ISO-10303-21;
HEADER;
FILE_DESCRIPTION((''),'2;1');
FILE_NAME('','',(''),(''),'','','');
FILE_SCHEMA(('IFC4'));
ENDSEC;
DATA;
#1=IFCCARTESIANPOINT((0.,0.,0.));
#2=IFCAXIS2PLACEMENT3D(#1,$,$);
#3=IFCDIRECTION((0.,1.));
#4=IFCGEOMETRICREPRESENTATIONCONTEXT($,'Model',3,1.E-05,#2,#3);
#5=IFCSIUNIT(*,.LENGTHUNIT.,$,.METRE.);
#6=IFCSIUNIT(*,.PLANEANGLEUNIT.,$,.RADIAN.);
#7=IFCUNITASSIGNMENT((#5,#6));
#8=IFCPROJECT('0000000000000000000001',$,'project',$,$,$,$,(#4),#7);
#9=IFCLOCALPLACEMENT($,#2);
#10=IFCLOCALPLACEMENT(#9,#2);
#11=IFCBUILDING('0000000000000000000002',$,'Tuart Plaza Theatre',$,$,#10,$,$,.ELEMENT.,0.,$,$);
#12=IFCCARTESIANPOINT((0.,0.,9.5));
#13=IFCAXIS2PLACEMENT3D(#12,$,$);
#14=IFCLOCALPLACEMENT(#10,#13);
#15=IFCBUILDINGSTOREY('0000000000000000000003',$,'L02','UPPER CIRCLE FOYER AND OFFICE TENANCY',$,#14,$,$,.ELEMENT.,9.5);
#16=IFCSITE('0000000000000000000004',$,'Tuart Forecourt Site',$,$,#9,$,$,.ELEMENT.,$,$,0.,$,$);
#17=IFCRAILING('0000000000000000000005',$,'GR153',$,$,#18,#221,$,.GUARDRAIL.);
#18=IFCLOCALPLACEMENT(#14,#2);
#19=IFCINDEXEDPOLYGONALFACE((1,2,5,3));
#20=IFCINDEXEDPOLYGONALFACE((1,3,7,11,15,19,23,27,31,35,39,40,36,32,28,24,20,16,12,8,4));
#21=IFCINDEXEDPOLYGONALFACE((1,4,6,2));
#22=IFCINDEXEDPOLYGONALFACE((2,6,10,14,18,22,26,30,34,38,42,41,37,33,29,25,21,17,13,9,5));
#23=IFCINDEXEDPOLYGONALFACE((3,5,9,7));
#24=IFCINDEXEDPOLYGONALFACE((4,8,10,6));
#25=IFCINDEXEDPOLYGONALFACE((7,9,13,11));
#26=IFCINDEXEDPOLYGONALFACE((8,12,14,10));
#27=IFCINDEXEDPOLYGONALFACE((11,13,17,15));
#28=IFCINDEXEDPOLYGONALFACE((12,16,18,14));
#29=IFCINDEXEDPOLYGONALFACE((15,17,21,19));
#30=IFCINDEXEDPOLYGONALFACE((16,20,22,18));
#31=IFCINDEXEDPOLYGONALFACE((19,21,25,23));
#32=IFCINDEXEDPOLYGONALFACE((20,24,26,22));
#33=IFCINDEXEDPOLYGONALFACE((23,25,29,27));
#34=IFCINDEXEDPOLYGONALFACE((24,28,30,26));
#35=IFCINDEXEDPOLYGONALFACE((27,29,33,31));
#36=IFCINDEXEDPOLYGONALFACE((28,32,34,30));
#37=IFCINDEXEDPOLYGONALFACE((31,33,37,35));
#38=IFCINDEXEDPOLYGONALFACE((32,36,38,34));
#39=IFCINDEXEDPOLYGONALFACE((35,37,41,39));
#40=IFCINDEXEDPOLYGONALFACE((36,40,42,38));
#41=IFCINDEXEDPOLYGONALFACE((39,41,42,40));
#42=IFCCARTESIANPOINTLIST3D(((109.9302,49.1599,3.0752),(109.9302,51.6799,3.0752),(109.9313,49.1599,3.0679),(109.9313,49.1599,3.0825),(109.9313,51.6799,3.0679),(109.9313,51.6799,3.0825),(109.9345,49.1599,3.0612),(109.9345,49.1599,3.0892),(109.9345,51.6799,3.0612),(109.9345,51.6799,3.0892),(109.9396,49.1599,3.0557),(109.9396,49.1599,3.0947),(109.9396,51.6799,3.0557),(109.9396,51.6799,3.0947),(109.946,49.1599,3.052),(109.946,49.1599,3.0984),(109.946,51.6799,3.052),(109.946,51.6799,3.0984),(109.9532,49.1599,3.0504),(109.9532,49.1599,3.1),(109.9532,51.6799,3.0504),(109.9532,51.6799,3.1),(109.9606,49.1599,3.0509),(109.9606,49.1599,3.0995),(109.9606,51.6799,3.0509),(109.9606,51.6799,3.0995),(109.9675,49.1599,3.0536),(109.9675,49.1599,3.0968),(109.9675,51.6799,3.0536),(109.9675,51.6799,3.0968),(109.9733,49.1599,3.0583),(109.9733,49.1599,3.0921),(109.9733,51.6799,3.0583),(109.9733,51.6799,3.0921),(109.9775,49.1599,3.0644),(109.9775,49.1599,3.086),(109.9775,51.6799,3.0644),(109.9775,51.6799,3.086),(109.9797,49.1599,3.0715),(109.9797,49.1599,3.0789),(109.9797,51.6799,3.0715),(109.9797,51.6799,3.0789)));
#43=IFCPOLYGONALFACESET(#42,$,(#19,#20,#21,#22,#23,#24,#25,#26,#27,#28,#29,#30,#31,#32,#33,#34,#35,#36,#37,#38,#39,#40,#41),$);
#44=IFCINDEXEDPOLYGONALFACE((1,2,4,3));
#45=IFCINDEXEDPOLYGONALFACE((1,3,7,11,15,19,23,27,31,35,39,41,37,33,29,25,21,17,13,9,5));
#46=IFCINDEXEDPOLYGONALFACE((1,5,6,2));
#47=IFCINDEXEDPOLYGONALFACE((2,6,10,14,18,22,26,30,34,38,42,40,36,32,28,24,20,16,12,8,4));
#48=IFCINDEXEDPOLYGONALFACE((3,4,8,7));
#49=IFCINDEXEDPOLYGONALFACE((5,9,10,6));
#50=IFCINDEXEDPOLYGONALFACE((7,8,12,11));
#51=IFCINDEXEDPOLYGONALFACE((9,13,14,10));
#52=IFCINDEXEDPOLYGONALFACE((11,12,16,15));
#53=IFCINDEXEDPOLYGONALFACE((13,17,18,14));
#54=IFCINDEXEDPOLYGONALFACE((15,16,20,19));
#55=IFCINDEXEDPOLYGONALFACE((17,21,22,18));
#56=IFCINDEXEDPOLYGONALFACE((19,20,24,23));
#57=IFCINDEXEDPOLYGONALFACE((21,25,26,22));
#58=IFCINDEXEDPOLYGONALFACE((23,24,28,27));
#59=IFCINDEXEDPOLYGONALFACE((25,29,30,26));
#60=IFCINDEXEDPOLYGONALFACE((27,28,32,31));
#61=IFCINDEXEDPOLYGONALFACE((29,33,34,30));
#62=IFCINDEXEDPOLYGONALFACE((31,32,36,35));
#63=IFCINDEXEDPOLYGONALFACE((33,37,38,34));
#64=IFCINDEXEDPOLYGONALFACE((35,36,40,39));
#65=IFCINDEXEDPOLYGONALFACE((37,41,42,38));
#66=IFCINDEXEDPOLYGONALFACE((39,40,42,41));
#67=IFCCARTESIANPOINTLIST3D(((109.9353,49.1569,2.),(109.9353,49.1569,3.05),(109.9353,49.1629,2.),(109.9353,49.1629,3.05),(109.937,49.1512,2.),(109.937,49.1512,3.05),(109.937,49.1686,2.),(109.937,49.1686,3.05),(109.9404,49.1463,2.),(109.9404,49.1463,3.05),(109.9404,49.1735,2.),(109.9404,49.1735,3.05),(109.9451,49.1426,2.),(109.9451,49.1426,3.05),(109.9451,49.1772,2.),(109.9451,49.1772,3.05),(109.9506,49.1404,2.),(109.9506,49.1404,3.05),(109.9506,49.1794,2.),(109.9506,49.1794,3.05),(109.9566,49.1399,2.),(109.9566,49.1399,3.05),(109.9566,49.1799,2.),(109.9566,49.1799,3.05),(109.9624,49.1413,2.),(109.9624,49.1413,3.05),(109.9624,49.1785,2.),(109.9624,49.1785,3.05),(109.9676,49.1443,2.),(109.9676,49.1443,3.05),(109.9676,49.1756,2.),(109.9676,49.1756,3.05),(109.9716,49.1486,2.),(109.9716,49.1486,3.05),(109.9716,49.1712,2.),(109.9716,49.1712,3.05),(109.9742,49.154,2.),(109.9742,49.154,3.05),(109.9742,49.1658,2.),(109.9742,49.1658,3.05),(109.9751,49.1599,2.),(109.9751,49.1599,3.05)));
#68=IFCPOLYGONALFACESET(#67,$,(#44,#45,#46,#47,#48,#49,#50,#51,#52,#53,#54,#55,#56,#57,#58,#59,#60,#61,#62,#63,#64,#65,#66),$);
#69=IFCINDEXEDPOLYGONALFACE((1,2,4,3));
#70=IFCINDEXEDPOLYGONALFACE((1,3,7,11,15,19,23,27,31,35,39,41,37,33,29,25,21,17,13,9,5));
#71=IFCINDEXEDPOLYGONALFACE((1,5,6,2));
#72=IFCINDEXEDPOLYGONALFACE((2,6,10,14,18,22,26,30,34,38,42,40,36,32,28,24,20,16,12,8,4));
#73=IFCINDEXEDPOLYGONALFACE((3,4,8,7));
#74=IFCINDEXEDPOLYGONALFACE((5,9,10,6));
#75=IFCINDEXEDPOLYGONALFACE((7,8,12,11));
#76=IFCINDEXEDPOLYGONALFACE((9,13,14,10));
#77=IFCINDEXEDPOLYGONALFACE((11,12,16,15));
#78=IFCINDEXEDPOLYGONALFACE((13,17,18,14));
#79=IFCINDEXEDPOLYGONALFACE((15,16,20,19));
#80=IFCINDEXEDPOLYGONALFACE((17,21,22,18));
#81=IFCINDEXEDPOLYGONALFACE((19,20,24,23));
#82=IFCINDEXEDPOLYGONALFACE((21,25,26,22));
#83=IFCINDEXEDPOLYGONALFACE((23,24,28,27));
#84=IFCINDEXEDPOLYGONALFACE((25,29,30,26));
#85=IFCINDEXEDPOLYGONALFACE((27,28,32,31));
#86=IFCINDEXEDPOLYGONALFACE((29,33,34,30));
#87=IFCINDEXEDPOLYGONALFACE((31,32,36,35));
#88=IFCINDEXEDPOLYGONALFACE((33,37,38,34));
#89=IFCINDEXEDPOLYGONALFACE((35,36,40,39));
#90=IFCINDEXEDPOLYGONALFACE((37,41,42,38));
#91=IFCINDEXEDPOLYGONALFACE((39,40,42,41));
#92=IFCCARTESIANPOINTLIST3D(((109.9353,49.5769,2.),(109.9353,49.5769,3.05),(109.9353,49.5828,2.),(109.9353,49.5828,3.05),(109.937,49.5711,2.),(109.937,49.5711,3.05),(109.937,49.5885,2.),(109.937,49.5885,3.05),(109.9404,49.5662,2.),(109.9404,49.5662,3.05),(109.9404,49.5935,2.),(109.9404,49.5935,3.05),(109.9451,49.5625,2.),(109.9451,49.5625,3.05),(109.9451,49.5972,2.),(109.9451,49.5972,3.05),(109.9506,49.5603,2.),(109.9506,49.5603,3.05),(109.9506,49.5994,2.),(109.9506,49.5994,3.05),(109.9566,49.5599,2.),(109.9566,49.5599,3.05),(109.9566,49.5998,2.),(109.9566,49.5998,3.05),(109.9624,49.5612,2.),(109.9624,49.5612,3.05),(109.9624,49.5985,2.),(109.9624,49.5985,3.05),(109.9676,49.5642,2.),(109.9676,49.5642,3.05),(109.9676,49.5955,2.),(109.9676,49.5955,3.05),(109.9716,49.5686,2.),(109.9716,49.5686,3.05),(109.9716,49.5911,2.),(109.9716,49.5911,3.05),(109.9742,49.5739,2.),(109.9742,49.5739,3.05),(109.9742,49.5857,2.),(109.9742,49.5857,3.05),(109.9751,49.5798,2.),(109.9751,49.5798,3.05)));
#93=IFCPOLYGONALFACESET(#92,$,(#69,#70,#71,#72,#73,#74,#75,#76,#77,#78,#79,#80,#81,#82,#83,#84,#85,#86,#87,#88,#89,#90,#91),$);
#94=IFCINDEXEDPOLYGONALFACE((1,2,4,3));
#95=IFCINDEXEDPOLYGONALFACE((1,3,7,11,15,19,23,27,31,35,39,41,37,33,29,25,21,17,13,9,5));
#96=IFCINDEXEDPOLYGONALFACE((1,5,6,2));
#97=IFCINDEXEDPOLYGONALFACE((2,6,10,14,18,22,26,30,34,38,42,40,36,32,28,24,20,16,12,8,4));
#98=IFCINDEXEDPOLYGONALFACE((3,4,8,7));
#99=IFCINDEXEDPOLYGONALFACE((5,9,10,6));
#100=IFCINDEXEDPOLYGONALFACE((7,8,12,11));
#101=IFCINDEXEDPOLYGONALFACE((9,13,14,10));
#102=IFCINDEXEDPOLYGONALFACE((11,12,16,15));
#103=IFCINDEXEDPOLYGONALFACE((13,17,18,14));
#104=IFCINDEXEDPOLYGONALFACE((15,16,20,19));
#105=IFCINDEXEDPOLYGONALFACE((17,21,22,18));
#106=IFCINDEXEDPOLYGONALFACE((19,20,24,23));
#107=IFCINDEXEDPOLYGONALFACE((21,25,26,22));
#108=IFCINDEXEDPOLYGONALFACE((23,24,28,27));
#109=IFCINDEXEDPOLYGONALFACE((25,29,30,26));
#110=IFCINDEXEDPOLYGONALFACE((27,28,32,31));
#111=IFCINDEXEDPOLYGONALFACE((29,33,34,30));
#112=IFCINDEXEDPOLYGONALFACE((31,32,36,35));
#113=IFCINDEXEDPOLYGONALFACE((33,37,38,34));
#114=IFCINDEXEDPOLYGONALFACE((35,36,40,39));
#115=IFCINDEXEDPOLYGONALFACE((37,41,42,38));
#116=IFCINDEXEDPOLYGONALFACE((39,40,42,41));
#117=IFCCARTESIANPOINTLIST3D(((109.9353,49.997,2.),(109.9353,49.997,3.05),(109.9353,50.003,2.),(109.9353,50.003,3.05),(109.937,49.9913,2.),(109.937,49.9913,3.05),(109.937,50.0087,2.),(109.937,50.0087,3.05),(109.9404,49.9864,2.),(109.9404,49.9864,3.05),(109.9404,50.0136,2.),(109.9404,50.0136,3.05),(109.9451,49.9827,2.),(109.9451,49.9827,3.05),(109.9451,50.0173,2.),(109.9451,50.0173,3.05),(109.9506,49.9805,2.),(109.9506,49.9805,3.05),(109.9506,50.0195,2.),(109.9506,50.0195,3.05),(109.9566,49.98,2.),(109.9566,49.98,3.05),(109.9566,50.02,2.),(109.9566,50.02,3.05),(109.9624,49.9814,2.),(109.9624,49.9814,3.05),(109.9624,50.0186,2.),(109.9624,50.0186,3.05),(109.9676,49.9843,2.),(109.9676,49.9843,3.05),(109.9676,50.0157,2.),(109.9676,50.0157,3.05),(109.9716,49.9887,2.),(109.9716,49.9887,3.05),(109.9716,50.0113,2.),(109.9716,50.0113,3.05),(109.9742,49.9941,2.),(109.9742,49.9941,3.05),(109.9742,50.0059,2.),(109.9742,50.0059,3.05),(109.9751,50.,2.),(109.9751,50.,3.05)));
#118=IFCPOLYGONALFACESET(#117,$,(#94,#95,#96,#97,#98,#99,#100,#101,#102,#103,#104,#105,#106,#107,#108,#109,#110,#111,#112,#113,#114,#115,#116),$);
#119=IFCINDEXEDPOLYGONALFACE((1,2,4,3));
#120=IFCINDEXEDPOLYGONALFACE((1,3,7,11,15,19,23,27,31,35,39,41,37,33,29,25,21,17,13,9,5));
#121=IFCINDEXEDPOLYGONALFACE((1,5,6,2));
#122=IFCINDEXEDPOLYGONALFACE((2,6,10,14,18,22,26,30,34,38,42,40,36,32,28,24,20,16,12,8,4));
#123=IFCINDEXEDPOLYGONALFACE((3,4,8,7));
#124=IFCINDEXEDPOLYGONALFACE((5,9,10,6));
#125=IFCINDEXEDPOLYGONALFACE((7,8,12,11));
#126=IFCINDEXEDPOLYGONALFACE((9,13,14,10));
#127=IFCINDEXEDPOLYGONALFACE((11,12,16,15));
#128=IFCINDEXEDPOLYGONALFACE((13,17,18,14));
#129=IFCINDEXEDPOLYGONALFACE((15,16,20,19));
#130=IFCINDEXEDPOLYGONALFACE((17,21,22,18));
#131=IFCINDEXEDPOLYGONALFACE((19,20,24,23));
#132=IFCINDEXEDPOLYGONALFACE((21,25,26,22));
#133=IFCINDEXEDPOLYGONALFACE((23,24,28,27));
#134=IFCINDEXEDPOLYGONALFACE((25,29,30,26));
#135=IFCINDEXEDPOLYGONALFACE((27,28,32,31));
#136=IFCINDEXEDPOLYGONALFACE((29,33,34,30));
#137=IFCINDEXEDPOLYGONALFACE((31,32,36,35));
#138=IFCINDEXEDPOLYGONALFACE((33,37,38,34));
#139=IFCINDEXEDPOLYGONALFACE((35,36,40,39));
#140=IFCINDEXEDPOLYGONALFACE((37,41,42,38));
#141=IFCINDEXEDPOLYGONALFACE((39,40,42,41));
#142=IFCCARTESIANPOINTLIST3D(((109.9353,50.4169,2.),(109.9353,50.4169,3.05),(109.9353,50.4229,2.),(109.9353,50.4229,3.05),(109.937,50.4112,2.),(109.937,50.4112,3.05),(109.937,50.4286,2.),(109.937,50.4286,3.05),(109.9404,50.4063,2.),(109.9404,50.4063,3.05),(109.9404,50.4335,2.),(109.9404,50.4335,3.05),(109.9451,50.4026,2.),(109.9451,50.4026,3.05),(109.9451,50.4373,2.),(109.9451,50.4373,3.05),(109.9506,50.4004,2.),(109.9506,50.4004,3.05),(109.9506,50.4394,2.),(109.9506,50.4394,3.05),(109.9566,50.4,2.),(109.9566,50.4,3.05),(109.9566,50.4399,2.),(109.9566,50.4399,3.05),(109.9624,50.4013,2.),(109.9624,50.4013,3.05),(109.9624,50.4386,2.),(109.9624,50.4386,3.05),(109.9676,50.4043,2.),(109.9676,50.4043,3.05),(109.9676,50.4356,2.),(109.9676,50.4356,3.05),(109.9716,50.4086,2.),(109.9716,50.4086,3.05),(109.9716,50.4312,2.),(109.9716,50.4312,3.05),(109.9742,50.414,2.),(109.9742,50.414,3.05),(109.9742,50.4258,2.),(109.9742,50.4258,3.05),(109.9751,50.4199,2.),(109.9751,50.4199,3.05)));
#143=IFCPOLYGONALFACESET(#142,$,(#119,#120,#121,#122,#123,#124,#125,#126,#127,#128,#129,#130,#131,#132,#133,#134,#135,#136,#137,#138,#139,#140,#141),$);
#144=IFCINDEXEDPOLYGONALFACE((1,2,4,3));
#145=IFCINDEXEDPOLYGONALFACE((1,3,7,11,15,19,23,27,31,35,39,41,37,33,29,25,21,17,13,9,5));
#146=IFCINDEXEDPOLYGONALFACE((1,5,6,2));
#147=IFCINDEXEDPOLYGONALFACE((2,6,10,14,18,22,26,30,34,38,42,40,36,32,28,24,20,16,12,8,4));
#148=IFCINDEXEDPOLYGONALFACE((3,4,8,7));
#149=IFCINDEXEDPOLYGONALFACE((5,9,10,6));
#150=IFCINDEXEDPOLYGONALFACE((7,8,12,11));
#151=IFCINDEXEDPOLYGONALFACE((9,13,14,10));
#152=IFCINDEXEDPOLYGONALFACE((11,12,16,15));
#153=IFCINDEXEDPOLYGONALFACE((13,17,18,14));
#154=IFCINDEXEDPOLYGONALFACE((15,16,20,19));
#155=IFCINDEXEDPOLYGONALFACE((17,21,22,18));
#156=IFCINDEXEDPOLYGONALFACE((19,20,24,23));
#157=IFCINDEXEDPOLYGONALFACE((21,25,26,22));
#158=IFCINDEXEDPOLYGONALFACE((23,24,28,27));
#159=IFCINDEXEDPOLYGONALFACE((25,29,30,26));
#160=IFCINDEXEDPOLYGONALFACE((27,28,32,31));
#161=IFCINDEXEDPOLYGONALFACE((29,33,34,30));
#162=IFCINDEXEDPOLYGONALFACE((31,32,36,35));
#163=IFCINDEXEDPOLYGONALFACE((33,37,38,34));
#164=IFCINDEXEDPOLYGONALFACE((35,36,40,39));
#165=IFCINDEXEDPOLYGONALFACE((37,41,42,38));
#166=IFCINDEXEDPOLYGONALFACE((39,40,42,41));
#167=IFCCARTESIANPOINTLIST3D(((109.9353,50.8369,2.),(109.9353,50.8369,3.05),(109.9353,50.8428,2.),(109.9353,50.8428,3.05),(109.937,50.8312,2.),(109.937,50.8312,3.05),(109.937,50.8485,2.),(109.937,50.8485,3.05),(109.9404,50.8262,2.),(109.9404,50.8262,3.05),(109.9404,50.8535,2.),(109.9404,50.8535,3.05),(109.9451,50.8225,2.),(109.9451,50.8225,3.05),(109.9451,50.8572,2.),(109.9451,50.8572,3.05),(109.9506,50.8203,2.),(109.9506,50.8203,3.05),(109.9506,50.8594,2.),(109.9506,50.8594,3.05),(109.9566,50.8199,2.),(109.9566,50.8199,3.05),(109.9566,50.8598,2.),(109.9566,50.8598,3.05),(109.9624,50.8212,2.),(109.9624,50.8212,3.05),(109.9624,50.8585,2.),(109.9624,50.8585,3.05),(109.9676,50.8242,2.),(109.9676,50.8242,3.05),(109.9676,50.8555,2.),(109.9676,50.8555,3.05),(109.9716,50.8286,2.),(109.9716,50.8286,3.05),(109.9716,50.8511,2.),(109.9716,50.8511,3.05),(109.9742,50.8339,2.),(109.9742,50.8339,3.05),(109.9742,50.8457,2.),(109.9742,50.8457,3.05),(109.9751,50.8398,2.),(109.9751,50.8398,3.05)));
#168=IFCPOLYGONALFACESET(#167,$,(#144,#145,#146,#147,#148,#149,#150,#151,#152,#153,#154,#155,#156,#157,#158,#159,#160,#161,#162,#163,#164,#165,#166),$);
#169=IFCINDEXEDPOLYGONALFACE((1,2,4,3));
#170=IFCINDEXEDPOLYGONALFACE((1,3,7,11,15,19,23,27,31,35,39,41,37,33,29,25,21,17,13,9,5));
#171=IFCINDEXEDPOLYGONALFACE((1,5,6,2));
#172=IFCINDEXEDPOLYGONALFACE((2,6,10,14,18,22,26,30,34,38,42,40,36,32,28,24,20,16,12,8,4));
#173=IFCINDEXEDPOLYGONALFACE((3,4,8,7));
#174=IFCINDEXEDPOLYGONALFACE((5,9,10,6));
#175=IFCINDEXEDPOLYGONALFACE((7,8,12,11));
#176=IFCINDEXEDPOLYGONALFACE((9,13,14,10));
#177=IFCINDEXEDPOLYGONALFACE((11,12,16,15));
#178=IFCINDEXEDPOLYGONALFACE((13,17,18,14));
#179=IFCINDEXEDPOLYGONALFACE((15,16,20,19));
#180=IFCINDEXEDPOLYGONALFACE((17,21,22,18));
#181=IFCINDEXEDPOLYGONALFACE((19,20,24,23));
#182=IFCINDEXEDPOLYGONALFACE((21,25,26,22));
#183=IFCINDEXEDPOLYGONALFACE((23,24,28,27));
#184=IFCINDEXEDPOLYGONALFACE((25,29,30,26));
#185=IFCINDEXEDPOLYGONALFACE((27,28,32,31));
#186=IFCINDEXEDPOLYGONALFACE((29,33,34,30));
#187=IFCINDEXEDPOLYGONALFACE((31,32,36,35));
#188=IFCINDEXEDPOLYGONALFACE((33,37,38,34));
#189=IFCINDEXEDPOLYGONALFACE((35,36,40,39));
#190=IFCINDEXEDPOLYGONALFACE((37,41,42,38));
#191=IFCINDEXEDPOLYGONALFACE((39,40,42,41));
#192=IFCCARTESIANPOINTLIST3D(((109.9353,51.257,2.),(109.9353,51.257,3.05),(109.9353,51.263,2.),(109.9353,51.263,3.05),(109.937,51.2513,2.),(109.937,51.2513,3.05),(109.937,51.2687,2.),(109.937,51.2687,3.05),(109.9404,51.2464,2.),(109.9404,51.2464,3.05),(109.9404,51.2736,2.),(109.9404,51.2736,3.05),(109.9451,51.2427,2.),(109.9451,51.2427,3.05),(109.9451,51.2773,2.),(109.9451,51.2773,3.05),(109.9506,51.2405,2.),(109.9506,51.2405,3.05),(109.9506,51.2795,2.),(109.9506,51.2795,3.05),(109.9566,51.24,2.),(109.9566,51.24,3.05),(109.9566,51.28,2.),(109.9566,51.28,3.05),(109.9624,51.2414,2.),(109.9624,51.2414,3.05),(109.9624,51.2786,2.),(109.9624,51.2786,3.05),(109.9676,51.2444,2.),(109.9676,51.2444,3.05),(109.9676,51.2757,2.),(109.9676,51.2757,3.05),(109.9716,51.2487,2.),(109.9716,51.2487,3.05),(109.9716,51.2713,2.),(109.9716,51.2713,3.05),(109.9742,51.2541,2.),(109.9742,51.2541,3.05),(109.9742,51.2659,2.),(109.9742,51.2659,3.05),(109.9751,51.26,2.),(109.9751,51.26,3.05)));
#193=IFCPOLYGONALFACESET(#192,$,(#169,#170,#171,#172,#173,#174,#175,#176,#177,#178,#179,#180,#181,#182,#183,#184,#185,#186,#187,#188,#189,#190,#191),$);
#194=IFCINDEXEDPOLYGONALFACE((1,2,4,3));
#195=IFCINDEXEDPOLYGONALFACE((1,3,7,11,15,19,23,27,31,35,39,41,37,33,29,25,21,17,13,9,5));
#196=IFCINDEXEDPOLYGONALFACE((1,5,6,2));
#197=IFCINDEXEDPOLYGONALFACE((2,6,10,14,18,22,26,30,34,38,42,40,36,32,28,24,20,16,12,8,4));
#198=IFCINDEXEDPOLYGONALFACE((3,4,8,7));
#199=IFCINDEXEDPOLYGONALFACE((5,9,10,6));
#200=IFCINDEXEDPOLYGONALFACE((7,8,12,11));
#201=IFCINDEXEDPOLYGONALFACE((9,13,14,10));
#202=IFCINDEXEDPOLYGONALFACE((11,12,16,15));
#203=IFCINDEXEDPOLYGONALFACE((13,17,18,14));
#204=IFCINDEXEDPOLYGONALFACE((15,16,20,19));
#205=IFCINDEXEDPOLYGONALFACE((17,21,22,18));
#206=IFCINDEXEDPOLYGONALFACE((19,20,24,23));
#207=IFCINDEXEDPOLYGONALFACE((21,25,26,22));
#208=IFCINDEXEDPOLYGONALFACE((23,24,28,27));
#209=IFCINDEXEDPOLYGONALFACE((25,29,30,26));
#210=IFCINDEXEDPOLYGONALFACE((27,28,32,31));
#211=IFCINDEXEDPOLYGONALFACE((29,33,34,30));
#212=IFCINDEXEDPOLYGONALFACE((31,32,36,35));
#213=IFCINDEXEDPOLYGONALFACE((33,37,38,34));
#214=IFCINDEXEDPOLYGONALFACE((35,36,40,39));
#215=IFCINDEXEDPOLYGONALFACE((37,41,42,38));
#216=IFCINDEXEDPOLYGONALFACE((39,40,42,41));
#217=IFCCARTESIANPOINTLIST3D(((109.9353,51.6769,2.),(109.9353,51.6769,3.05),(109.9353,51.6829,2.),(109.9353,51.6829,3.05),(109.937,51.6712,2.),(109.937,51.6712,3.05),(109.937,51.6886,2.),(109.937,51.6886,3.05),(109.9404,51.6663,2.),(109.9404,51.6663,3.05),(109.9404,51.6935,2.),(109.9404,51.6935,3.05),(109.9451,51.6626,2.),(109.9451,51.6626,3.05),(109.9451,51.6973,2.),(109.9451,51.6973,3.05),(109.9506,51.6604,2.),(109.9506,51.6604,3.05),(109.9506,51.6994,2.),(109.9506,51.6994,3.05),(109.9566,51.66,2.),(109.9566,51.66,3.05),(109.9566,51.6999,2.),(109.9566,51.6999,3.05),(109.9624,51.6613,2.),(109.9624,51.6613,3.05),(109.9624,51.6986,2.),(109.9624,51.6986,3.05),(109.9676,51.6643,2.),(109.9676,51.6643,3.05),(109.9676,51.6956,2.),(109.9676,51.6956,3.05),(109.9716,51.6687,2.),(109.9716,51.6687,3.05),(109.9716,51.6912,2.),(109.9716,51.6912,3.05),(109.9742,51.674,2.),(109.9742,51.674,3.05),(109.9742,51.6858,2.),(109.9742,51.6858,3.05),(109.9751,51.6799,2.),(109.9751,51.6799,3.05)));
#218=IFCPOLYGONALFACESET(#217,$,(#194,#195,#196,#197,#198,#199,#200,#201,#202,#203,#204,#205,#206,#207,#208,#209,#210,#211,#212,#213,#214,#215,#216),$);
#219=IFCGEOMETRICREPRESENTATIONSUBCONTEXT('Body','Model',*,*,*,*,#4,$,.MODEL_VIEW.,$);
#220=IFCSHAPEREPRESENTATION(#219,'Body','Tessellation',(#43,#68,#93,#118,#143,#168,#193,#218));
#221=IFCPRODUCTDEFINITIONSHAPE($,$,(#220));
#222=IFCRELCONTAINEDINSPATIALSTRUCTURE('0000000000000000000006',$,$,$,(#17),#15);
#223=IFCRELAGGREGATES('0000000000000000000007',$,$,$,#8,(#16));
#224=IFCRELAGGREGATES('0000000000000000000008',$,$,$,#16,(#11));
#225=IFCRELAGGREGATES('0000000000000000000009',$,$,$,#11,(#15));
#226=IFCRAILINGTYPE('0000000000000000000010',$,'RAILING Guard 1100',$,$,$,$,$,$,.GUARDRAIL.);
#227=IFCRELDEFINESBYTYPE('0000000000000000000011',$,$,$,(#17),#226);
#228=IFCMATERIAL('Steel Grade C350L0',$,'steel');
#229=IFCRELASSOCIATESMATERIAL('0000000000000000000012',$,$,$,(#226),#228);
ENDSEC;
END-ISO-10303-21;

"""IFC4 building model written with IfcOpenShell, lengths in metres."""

from ifc_helpers import new_model, si_unit, direction, frame, origin, origin_2d, place, context, subcontext, project, spatial, circle, extrude, material, type_object, element, save


model = new_model("IFC4")

# Units and contexts
model_context = context("Model", 3, precision=1e-05, world=origin(), true_north=direction((0.0, 1.0)))
body_context = subcontext(model_context, "Body", "Model", "MODEL_VIEW")
ifc_project = project(units=[si_unit("LENGTHUNIT", "METRE"), si_unit("PLANEANGLEUNIT", "RADIAN")], contexts=[model_context])

# Site, building, storey
site_placement = place(None, origin())
site = spatial("IfcSite", under=ifc_project, at=site_placement, Name="Tuart Forecourt Site", CompositionType="ELEMENT", RefElevation=0.0)
building_placement = place(site_placement, origin())
building = spatial("IfcBuilding", under=site, at=building_placement, Name="Tuart Plaza Theatre", CompositionType="ELEMENT", ElevationOfRefHeight=0.0)
storey_placement = place(building_placement, frame((0.0, 0.0, 9.5)))
storey = spatial("IfcBuildingStorey", under=building, at=storey_placement, Name="L02", Description="UPPER CIRCLE FOYER AND OFFICE TENANCY", CompositionType="ELEMENT", Elevation=9.5)

# Railing
ifc_material_1 = material(Name="Steel Grade C350L0", Category="steel")
railing_type_1 = type_object("IfcRailingType", Name="RAILING Guard 1100", PredefinedType="GUARDRAIL", material=ifc_material_1)
railing_1_placement = place(storey_placement, frame((109.9551, 49.1599, 2.0)))
element("IfcRailing", 1, at=railing_1_placement, inside=storey, type_object=railing_type_1, Name="GR153", PredefinedType="GUARDRAIL", context=body_context, shape_type="SweptSolid", body=[
    extrude(circle(Radius=0.0249, at=origin_2d()), frame((0.0, 0.0, 1.0752), z_axis=(0.0, 1.0, 0.0), x_axis=(-1.0, 0.0, 0.0)), (0.0, 0.0, 1.0), 2.52),
    extrude(circle(Radius=0.02, at=origin_2d()), origin(), (0.0, 0.0, 1.0), 1.05),
    extrude(circle(Radius=0.02, at=origin_2d()), frame((0.0, 0.4199, 0.0)), (0.0, 0.0, 1.0), 1.05),
    extrude(circle(Radius=0.02, at=origin_2d()), frame((0.0, 0.8401, 0.0)), (0.0, 0.0, 1.0), 1.05),
    extrude(circle(Radius=0.02, at=origin_2d()), frame((0.0, 1.26, 0.0)), (0.0, 0.0, 1.0), 1.05),
    extrude(circle(Radius=0.02, at=origin_2d()), frame((0.0, 1.6799, 0.0)), (0.0, 0.0, 1.0), 1.05),
    extrude(circle(Radius=0.02, at=origin_2d()), frame((0.0, 2.1001, 0.0)), (0.0, 0.0, 1.0), 1.05),
    extrude(circle(Radius=0.02, at=origin_2d()), frame((0.0, 2.52, 0.0)), (0.0, 0.0, 1.0), 1.05),
])

save(model, "model.ifc")
